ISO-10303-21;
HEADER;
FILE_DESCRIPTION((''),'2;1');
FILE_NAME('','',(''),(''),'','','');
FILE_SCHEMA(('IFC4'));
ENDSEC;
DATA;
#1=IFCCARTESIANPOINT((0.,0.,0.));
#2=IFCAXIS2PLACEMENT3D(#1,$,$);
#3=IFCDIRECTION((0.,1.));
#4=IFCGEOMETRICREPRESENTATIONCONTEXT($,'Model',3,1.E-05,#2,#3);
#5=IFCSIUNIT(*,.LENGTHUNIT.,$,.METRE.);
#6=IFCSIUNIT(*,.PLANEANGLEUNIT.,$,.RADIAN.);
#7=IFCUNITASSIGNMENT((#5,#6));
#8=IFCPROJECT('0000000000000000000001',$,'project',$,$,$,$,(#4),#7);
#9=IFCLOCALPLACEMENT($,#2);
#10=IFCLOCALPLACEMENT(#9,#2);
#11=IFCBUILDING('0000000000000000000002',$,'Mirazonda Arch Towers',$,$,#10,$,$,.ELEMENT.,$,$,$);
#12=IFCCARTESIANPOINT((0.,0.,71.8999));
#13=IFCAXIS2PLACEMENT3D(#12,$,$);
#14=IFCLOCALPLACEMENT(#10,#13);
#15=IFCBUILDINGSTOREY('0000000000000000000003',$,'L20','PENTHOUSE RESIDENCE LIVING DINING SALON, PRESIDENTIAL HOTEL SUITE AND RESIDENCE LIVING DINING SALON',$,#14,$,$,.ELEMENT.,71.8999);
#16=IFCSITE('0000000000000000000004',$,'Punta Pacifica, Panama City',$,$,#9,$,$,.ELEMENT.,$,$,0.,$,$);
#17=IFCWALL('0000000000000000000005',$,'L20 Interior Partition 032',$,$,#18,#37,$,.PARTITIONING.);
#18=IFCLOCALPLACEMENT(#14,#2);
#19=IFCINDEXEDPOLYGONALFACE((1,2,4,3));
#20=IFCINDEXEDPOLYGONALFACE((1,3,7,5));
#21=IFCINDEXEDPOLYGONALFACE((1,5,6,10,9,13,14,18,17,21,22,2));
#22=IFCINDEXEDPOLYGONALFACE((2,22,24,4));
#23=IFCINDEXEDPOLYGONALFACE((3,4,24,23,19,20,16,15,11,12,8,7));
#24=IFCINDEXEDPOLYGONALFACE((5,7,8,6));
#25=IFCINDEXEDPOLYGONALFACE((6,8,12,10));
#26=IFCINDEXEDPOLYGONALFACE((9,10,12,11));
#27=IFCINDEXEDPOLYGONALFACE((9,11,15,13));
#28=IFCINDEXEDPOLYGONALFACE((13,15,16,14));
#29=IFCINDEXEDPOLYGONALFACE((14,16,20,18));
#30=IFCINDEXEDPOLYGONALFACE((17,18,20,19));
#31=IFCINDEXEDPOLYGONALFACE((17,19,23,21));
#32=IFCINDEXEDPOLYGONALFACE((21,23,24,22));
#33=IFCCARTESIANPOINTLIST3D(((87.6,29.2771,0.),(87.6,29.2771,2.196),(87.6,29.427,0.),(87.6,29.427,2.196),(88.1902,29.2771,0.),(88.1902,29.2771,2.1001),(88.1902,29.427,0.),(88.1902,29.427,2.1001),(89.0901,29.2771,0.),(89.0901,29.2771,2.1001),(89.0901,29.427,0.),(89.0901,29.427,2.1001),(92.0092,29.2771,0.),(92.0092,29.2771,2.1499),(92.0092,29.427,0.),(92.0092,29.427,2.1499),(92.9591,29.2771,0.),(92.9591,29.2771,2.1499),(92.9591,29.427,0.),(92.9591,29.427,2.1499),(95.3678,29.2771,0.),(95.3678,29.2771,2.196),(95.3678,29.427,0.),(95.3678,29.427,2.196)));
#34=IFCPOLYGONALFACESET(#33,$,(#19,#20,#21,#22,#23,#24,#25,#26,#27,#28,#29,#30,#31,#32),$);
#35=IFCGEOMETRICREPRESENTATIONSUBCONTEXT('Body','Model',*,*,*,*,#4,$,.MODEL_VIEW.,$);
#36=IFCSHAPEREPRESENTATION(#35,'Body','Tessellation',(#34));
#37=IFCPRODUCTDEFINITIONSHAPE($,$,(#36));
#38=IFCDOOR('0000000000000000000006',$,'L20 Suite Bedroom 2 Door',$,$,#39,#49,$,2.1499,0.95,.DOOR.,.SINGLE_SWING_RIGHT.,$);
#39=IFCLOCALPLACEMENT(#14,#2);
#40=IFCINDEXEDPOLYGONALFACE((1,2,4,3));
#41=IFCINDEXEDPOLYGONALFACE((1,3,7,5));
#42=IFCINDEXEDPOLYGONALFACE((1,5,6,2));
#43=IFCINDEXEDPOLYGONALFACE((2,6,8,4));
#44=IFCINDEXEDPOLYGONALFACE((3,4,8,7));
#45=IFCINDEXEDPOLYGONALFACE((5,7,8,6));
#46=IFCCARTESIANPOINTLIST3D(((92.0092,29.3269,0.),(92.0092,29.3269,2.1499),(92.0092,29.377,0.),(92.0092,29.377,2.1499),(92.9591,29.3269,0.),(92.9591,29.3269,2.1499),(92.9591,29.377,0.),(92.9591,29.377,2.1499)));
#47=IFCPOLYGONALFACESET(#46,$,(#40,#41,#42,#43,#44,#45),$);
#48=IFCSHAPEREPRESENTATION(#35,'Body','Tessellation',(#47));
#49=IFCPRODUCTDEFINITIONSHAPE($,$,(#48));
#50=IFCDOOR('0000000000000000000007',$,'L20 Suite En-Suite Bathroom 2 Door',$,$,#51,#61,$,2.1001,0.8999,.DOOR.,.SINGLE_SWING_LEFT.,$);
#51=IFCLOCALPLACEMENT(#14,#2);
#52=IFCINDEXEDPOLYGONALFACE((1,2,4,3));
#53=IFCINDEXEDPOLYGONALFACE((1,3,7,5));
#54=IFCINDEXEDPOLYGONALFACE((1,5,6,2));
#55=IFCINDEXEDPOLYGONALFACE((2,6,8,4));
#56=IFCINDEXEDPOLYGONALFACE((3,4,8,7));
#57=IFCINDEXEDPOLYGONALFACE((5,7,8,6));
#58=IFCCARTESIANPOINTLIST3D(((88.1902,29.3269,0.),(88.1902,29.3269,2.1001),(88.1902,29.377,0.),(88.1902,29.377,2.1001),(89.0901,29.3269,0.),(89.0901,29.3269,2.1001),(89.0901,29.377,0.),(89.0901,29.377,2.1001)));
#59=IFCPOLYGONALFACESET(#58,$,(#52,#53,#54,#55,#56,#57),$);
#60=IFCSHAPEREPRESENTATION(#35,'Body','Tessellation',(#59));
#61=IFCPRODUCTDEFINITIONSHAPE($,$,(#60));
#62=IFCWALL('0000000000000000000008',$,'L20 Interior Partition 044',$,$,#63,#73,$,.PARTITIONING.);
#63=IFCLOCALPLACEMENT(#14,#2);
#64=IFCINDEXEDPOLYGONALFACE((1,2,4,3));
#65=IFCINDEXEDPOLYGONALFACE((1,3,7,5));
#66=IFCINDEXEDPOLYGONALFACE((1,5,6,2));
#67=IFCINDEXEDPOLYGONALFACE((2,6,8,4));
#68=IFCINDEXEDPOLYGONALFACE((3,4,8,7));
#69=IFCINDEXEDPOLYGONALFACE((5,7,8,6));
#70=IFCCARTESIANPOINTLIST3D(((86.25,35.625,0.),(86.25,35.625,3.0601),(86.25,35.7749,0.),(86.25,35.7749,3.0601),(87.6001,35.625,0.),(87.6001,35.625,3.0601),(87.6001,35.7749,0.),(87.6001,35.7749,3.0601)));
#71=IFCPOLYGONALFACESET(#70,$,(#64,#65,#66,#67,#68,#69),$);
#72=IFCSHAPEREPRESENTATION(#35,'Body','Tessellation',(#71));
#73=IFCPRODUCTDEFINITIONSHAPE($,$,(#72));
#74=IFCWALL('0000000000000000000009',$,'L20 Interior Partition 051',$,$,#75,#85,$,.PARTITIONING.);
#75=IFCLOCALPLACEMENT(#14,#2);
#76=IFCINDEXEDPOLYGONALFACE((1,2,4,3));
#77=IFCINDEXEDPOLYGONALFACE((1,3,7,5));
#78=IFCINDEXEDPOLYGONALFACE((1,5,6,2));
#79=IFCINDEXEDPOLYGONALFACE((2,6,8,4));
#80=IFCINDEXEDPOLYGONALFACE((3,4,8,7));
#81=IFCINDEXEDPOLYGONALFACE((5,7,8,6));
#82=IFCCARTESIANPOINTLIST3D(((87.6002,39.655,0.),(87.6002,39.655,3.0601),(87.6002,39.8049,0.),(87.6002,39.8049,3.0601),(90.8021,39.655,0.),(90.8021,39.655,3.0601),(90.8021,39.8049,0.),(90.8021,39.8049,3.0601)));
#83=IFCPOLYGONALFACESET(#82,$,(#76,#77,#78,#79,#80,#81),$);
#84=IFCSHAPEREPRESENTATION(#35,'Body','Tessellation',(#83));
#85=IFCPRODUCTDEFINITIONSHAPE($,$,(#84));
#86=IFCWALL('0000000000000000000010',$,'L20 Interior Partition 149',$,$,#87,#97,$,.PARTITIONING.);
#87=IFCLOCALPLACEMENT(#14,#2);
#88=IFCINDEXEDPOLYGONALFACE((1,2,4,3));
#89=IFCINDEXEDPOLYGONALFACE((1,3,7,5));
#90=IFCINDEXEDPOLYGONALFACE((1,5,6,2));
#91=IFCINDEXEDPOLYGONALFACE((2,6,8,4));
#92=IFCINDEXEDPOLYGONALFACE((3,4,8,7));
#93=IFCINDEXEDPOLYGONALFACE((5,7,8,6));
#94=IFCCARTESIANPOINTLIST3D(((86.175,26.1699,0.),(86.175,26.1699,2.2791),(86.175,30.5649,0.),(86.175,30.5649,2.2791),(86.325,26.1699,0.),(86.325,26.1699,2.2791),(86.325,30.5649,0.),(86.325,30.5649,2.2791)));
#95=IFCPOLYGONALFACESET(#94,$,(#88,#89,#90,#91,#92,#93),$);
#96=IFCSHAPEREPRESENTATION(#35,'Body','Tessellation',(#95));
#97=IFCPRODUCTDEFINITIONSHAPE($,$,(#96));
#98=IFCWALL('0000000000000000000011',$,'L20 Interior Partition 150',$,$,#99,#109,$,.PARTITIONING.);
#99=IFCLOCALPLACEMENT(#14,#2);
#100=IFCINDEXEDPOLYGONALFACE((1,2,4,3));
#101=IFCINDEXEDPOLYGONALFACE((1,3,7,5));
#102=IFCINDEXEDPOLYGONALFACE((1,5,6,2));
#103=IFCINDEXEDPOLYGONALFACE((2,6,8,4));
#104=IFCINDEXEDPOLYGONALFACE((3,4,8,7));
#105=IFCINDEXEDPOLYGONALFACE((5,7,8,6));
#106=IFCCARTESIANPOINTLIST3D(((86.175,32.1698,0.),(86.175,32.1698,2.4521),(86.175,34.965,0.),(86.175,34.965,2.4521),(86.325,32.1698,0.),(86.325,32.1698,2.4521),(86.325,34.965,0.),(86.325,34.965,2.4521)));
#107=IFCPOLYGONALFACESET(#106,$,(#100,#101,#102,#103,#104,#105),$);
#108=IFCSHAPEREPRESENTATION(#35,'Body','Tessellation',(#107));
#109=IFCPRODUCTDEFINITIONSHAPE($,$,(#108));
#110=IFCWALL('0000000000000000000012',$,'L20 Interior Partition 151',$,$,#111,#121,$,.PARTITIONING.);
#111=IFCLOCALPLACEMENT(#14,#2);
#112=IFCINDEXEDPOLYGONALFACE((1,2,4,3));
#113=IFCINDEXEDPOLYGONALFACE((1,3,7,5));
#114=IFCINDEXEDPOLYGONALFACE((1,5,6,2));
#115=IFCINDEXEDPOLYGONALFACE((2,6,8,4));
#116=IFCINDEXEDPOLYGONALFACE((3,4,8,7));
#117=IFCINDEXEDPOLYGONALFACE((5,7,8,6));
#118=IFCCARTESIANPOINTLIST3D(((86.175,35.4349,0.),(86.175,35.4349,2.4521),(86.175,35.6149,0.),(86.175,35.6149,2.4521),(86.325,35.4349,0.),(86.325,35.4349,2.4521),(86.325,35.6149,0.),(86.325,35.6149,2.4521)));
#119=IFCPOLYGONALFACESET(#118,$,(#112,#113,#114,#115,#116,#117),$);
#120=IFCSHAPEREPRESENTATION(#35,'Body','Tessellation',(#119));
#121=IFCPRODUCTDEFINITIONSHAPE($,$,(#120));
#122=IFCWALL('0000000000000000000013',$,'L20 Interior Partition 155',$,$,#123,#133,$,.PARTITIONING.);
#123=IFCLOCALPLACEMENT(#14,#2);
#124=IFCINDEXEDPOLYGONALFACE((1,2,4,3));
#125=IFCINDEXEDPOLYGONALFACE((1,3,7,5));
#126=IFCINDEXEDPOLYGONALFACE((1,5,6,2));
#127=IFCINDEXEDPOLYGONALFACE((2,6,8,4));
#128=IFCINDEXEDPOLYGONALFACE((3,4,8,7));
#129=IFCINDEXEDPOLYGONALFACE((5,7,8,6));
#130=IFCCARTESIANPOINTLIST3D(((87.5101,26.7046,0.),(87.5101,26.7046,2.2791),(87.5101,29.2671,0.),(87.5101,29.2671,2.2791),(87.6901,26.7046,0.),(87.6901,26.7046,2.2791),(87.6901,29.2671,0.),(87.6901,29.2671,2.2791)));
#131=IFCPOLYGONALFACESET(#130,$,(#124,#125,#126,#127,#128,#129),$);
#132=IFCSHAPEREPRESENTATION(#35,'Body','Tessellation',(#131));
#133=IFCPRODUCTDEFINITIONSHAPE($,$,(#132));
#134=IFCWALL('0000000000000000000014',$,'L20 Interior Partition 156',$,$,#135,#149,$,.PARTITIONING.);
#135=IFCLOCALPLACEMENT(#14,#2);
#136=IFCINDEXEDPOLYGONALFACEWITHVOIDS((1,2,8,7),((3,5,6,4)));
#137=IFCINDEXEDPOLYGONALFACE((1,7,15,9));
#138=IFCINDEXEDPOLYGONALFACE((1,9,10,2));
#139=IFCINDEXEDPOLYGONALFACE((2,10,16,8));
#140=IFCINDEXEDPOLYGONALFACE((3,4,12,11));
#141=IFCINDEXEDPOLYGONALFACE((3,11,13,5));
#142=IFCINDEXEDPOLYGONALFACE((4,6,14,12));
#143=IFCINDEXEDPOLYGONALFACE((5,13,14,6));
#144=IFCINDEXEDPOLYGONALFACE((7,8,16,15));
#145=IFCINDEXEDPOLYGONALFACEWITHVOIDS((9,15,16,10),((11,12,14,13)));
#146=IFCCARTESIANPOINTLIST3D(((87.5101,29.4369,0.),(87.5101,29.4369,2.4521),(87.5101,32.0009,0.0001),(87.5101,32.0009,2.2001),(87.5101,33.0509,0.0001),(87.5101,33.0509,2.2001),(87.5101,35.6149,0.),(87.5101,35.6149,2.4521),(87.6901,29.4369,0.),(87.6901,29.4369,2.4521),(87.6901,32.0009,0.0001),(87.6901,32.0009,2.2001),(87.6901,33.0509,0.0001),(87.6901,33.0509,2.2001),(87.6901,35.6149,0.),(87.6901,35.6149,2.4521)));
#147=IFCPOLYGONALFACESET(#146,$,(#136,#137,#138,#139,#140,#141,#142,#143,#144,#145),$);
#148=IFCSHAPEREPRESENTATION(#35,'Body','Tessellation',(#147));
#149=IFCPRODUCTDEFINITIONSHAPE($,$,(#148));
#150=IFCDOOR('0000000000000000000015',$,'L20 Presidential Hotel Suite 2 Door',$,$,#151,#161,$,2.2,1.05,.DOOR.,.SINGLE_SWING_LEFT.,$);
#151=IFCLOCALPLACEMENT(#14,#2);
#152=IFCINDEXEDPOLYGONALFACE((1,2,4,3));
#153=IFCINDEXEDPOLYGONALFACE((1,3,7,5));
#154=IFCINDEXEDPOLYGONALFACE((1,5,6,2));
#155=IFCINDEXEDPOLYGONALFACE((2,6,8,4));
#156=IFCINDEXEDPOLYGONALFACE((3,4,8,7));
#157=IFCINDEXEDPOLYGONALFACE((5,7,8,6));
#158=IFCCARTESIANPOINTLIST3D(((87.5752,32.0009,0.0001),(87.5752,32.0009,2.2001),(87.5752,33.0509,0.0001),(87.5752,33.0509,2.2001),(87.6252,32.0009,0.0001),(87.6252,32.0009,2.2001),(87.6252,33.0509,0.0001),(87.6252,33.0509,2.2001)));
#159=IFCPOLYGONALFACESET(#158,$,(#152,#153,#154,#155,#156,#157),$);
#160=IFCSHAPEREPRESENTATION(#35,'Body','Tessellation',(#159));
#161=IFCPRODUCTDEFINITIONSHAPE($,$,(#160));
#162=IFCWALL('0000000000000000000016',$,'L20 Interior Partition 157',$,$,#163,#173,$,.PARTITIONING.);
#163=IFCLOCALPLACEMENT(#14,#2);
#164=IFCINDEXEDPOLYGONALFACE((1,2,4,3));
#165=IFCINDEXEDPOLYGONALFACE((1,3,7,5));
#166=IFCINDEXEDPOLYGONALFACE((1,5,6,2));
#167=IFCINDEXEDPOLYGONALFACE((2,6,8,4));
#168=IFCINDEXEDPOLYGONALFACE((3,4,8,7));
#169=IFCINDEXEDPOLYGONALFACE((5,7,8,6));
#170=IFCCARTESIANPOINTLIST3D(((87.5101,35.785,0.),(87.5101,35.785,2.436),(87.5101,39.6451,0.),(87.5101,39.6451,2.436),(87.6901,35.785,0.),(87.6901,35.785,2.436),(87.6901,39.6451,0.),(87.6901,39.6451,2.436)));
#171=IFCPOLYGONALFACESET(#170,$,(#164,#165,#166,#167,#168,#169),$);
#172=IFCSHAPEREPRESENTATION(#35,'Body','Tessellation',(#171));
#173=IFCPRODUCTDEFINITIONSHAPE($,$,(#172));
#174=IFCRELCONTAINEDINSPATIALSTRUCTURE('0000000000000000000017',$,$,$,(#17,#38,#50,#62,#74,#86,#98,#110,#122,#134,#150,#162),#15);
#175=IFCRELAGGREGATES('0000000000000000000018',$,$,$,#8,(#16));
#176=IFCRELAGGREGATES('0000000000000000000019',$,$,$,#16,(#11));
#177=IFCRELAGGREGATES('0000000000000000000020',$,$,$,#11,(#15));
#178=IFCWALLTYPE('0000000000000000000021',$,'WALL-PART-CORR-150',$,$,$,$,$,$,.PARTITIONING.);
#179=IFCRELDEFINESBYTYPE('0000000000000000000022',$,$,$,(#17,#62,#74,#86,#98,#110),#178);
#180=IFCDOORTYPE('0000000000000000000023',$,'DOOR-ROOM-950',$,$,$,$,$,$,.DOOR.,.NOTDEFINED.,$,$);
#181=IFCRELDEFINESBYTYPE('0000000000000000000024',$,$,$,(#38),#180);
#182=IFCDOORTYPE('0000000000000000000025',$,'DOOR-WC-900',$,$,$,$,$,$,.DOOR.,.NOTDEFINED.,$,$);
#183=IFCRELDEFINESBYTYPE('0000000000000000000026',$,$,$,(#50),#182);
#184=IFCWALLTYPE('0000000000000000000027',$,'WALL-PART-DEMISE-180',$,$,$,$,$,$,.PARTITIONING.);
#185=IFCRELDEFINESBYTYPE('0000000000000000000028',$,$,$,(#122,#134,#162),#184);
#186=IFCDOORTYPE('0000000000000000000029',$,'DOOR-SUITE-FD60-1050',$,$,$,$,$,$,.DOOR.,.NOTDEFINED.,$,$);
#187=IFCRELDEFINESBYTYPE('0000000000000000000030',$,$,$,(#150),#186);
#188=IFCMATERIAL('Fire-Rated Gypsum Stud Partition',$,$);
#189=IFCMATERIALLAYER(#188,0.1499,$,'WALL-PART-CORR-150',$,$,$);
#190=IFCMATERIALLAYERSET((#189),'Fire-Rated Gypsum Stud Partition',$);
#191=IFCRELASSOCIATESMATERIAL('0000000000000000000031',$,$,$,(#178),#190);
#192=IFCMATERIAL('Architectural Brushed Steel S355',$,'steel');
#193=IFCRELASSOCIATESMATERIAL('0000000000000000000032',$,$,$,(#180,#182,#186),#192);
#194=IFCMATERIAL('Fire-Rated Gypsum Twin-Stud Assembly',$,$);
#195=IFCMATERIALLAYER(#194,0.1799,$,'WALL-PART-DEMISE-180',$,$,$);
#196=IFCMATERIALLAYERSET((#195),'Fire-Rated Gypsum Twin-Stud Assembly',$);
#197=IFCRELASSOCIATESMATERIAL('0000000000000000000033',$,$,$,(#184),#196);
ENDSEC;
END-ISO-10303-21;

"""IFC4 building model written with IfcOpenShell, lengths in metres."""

from ifc_helpers import new_model, si_unit, direction, frame, frame_2d, origin, place, context, subcontext, project, spatial, rectangle, extrude, material, layer, layer_set, type_object, element, fill, save


model = new_model("IFC4")

# Units and contexts
model_context = context("Model", 3, precision=1e-05, world=origin(), true_north=direction((0.0, 1.0)))
body_context = subcontext(model_context, "Body", "Model", "MODEL_VIEW")
ifc_project = project(units=[si_unit("LENGTHUNIT", "METRE"), si_unit("PLANEANGLEUNIT", "RADIAN")], contexts=[model_context])

# Site, building, storey
site_placement = place(None, origin())
site = spatial("IfcSite", under=ifc_project, at=site_placement, Name="Punta Pacifica, Panama City", CompositionType="ELEMENT", RefElevation=0.0)
building_placement = place(site_placement, origin())
building = spatial("IfcBuilding", under=site, at=building_placement, Name="Mirazonda Arch Towers", CompositionType="ELEMENT")
storey_placement = place(building_placement, frame((0.0, 0.0, 71.8999)))
storey = spatial("IfcBuildingStorey", under=building, at=storey_placement, Name="L20", Description="PENTHOUSE RESIDENCE LIVING DINING SALON, PRESIDENTIAL HOTEL SUITE AND RESIDENCE LIVING DINING SALON", CompositionType="ELEMENT", Elevation=71.8999)

# Wall, openings, doors
ifc_material_1 = material(Name="Fire-Rated Gypsum Stud Partition")
ifc_layer_1 = layer(ifc_material_1, 0.1499, Name="WALL-PART-CORR-150")
ifc_layer_set_1 = layer_set([ifc_layer_1], Name="Fire-Rated Gypsum Stud Partition")
wall_type_1 = type_object("IfcWallType", Name="WALL-PART-CORR-150", PredefinedType="PARTITIONING", material=ifc_layer_set_1)
wall_1_placement = place(storey_placement, frame((87.6001, 29.3521, 0.0), z_axis=(0.0, 0.0, 1.0), x_axis=(1.0, 0.0, 0.0)))
wall_1 = element("IfcWall", 1, at=wall_1_placement, inside=storey, type_object=wall_type_1, Name="L20 Interior Partition 032", PredefinedType="PARTITIONING", context=body_context, shape_type="SweptSolid", body=[
    extrude(rectangle(XDim=7.7678, YDim=0.1499, at=frame_2d((3.8838, 0.0))), origin(), (0.0, 0.0, 1.0), 2.196),
])
opening_1_placement = place(wall_1_placement, frame((4.4089, 0.0, 0.0)))
opening_1 = element("IfcOpeningElement", 2, at=opening_1_placement, cuts=wall_1, PredefinedType="OPENING", context=body_context, shape_type="SweptSolid", body=[
    extrude(rectangle(XDim=0.95, YDim=2.1499, at=frame_2d((0.4751, 1.075))), frame((0.0, 0.085, 0.0), z_axis=(0.0, -1.0, 0.0), x_axis=(1.0, 0.0, 0.0)), (0.0, 0.0, 1.0), 0.1699),
])
opening_2_placement = place(wall_1_placement, frame((0.5901, 0.0, 0.0)))
opening_2 = element("IfcOpeningElement", 3, at=opening_2_placement, cuts=wall_1, PredefinedType="OPENING", context=body_context, shape_type="SweptSolid", body=[
    extrude(rectangle(XDim=0.8999, YDim=2.1001, at=frame_2d((0.45, 1.05))), frame((0.0, 0.085, 0.0), z_axis=(0.0, -1.0, 0.0), x_axis=(1.0, 0.0, 0.0)), (0.0, 0.0, 1.0), 0.1699),
])
ifc_material_2 = material(Name="Architectural Brushed Steel S355", Category="steel")
door_type_1 = type_object("IfcDoorType", Name="DOOR-ROOM-950", OperationType="NOTDEFINED", PredefinedType="DOOR", material=ifc_material_2)
door_1_placement = place(opening_1_placement, origin())
door_1 = element("IfcDoor", 4, at=door_1_placement, inside=storey, type_object=door_type_1, Name="L20 Suite Bedroom 2 Door", OperationType="SINGLE_SWING_RIGHT", OverallHeight=2.1499, OverallWidth=0.95, PredefinedType="DOOR", context=body_context, shape_type="SweptSolid", body=[
    extrude(rectangle(XDim=0.95, YDim=2.1499, at=frame_2d((0.4751, 1.075))), frame((0.0, 0.0249, 0.0), z_axis=(0.0, -1.0, 0.0), x_axis=(1.0, 0.0, 0.0)), (0.0, 0.0, 1.0), 0.05),
])
fill(opening_1, door_1)
door_type_2 = type_object("IfcDoorType", Name="DOOR-WC-900", OperationType="NOTDEFINED", PredefinedType="DOOR", material=ifc_material_2)
door_2_placement = place(opening_2_placement, origin())
door_2 = element("IfcDoor", 5, at=door_2_placement, inside=storey, type_object=door_type_2, Name="L20 Suite En-Suite Bathroom 2 Door", OperationType="SINGLE_SWING_LEFT", OverallHeight=2.1001, OverallWidth=0.8999, PredefinedType="DOOR", context=body_context, shape_type="SweptSolid", body=[
    extrude(rectangle(XDim=0.8999, YDim=2.1001, at=frame_2d((0.45, 1.05))), frame((0.0, 0.0249, 0.0), z_axis=(0.0, -1.0, 0.0), x_axis=(1.0, 0.0, 0.0)), (0.0, 0.0, 1.0), 0.05),
])
fill(opening_2, door_2)

# Walls
wall_2_placement = place(storey_placement, frame((86.25, 35.7, 0.0), z_axis=(0.0, 0.0, 1.0), x_axis=(1.0, 0.0, 0.0)))
element("IfcWall", 6, at=wall_2_placement, inside=storey, type_object=wall_type_1, Name="L20 Interior Partition 044", PredefinedType="PARTITIONING", context=body_context, shape_type="SweptSolid", body=[
    extrude(rectangle(XDim=1.3501, YDim=0.1499, at=frame_2d((0.675, 0.0))), origin(), (0.0, 0.0, 1.0), 3.0601),
])
wall_3_placement = place(storey_placement, frame((87.6001, 39.73, 0.0), z_axis=(0.0, 0.0, 1.0), x_axis=(1.0, 0.0, 0.0)))
element("IfcWall", 7, at=wall_3_placement, inside=storey, type_object=wall_type_1, Name="L20 Interior Partition 051", PredefinedType="PARTITIONING", context=body_context, shape_type="SweptSolid", body=[
    extrude(rectangle(XDim=3.2019, YDim=0.1499, at=frame_2d((1.6011, 0.0))), origin(), (0.0, 0.0, 1.0), 3.0601),
])
wall_4_placement = place(storey_placement, frame((86.25, 26.1699, 0.0), z_axis=(0.0, 0.0, 1.0), x_axis=(0.0, 1.0, 0.0)))
element("IfcWall", 8, at=wall_4_placement, inside=storey, type_object=wall_type_1, Name="L20 Interior Partition 149", PredefinedType="PARTITIONING", context=body_context, shape_type="SweptSolid", body=[
    extrude(rectangle(XDim=4.395, YDim=0.1499, at=frame_2d((2.1975, 0.0))), origin(), (0.0, 0.0, 1.0), 2.2791),
])
wall_5_placement = place(storey_placement, frame((86.25, 32.1699, 0.0), z_axis=(0.0, 0.0, 1.0), x_axis=(0.0, 1.0, 0.0)))
element("IfcWall", 9, at=wall_5_placement, inside=storey, type_object=wall_type_1, Name="L20 Interior Partition 150", PredefinedType="PARTITIONING", context=body_context, shape_type="SweptSolid", body=[
    extrude(rectangle(XDim=2.7952, YDim=0.1499, at=frame_2d((1.3975, 0.0))), origin(), (0.0, 0.0, 1.0), 2.4521),
])
wall_6_placement = place(storey_placement, frame((86.25, 35.4351, 0.0), z_axis=(0.0, 0.0, 1.0), x_axis=(0.0, 1.0, 0.0)))
element("IfcWall", 10, at=wall_6_placement, inside=storey, type_object=wall_type_1, Name="L20 Interior Partition 151", PredefinedType="PARTITIONING", context=body_context, shape_type="SweptSolid", body=[
    extrude(rectangle(XDim=0.1799, YDim=0.1499, at=frame_2d((0.0898, 0.0))), origin(), (0.0, 0.0, 1.0), 2.4521),
])
ifc_material_3 = material(Name="Fire-Rated Gypsum Twin-Stud Assembly")
ifc_layer_2 = layer(ifc_material_3, 0.1799, Name="WALL-PART-DEMISE-180")
ifc_layer_set_2 = layer_set([ifc_layer_2], Name="Fire-Rated Gypsum Twin-Stud Assembly")
wall_type_2 = type_object("IfcWallType", Name="WALL-PART-DEMISE-180", PredefinedType="PARTITIONING", material=ifc_layer_set_2)
wall_7_placement = place(storey_placement, frame((87.6001, 26.7046, 0.0), z_axis=(0.0, 0.0, 1.0), x_axis=(0.0, 1.0, 0.0)))
element("IfcWall", 11, at=wall_7_placement, inside=storey, type_object=wall_type_2, Name="L20 Interior Partition 155", PredefinedType="PARTITIONING", context=body_context, shape_type="SweptSolid", body=[
    extrude(rectangle(XDim=2.5625, YDim=0.1799, at=frame_2d((1.2812, 0.0))), origin(), (0.0, 0.0, 1.0), 2.2791),
])

# Wall, opening, door
wall_8_placement = place(storey_placement, frame((87.6001, 29.437, 0.0), z_axis=(0.0, 0.0, 1.0), x_axis=(0.0, 1.0, 0.0)))
wall_8 = element("IfcWall", 12, at=wall_8_placement, inside=storey, type_object=wall_type_2, Name="L20 Interior Partition 156", PredefinedType="PARTITIONING", context=body_context, shape_type="SweptSolid", body=[
    extrude(rectangle(XDim=6.178, YDim=0.1799, at=frame_2d((3.0889, 0.0))), origin(), (0.0, 0.0, 1.0), 2.4521),
])
opening_3_placement = place(wall_8_placement, frame((2.564, 0.0, 0.0)))
opening_3 = element("IfcOpeningElement", 13, at=opening_3_placement, cuts=wall_8, PredefinedType="OPENING", context=body_context, shape_type="SweptSolid", body=[
    extrude(rectangle(XDim=1.05, YDim=2.2, at=frame_2d((0.5249, 1.1001))), frame((0.0, 0.0999, 0.0), z_axis=(0.0, -1.0, 0.0), x_axis=(1.0, 0.0, 0.0)), (0.0, 0.0, 1.0), 0.2),
])
door_type_3 = type_object("IfcDoorType", Name="DOOR-SUITE-FD60-1050", OperationType="NOTDEFINED", PredefinedType="DOOR", material=ifc_material_2)
door_3_placement = place(opening_3_placement, origin())
door_3 = element("IfcDoor", 14, at=door_3_placement, inside=storey, type_object=door_type_3, Name="L20 Presidential Hotel Suite 2 Door", OperationType="SINGLE_SWING_LEFT", OverallHeight=2.2, OverallWidth=1.05, PredefinedType="DOOR", context=body_context, shape_type="SweptSolid", body=[
    extrude(rectangle(XDim=1.05, YDim=2.2, at=frame_2d((0.5249, 1.1001))), frame((0.0, 0.0249, 0.0), z_axis=(0.0, -1.0, 0.0), x_axis=(1.0, 0.0, 0.0)), (0.0, 0.0, 1.0), 0.05),
])
fill(opening_3, door_3)

# Wall
wall_9_placement = place(storey_placement, frame((87.6001, 35.7849, 0.0), z_axis=(0.0, 0.0, 1.0), x_axis=(0.0, 1.0, 0.0)))
element("IfcWall", 15, at=wall_9_placement, inside=storey, type_object=wall_type_2, Name="L20 Interior Partition 157", PredefinedType="PARTITIONING", context=body_context, shape_type="SweptSolid", body=[
    extrude(rectangle(XDim=3.8601, YDim=0.1799, at=frame_2d((1.9302, 0.0))), origin(), (0.0, 0.0, 1.0), 2.436),
])

save(model, "model.ifc")
